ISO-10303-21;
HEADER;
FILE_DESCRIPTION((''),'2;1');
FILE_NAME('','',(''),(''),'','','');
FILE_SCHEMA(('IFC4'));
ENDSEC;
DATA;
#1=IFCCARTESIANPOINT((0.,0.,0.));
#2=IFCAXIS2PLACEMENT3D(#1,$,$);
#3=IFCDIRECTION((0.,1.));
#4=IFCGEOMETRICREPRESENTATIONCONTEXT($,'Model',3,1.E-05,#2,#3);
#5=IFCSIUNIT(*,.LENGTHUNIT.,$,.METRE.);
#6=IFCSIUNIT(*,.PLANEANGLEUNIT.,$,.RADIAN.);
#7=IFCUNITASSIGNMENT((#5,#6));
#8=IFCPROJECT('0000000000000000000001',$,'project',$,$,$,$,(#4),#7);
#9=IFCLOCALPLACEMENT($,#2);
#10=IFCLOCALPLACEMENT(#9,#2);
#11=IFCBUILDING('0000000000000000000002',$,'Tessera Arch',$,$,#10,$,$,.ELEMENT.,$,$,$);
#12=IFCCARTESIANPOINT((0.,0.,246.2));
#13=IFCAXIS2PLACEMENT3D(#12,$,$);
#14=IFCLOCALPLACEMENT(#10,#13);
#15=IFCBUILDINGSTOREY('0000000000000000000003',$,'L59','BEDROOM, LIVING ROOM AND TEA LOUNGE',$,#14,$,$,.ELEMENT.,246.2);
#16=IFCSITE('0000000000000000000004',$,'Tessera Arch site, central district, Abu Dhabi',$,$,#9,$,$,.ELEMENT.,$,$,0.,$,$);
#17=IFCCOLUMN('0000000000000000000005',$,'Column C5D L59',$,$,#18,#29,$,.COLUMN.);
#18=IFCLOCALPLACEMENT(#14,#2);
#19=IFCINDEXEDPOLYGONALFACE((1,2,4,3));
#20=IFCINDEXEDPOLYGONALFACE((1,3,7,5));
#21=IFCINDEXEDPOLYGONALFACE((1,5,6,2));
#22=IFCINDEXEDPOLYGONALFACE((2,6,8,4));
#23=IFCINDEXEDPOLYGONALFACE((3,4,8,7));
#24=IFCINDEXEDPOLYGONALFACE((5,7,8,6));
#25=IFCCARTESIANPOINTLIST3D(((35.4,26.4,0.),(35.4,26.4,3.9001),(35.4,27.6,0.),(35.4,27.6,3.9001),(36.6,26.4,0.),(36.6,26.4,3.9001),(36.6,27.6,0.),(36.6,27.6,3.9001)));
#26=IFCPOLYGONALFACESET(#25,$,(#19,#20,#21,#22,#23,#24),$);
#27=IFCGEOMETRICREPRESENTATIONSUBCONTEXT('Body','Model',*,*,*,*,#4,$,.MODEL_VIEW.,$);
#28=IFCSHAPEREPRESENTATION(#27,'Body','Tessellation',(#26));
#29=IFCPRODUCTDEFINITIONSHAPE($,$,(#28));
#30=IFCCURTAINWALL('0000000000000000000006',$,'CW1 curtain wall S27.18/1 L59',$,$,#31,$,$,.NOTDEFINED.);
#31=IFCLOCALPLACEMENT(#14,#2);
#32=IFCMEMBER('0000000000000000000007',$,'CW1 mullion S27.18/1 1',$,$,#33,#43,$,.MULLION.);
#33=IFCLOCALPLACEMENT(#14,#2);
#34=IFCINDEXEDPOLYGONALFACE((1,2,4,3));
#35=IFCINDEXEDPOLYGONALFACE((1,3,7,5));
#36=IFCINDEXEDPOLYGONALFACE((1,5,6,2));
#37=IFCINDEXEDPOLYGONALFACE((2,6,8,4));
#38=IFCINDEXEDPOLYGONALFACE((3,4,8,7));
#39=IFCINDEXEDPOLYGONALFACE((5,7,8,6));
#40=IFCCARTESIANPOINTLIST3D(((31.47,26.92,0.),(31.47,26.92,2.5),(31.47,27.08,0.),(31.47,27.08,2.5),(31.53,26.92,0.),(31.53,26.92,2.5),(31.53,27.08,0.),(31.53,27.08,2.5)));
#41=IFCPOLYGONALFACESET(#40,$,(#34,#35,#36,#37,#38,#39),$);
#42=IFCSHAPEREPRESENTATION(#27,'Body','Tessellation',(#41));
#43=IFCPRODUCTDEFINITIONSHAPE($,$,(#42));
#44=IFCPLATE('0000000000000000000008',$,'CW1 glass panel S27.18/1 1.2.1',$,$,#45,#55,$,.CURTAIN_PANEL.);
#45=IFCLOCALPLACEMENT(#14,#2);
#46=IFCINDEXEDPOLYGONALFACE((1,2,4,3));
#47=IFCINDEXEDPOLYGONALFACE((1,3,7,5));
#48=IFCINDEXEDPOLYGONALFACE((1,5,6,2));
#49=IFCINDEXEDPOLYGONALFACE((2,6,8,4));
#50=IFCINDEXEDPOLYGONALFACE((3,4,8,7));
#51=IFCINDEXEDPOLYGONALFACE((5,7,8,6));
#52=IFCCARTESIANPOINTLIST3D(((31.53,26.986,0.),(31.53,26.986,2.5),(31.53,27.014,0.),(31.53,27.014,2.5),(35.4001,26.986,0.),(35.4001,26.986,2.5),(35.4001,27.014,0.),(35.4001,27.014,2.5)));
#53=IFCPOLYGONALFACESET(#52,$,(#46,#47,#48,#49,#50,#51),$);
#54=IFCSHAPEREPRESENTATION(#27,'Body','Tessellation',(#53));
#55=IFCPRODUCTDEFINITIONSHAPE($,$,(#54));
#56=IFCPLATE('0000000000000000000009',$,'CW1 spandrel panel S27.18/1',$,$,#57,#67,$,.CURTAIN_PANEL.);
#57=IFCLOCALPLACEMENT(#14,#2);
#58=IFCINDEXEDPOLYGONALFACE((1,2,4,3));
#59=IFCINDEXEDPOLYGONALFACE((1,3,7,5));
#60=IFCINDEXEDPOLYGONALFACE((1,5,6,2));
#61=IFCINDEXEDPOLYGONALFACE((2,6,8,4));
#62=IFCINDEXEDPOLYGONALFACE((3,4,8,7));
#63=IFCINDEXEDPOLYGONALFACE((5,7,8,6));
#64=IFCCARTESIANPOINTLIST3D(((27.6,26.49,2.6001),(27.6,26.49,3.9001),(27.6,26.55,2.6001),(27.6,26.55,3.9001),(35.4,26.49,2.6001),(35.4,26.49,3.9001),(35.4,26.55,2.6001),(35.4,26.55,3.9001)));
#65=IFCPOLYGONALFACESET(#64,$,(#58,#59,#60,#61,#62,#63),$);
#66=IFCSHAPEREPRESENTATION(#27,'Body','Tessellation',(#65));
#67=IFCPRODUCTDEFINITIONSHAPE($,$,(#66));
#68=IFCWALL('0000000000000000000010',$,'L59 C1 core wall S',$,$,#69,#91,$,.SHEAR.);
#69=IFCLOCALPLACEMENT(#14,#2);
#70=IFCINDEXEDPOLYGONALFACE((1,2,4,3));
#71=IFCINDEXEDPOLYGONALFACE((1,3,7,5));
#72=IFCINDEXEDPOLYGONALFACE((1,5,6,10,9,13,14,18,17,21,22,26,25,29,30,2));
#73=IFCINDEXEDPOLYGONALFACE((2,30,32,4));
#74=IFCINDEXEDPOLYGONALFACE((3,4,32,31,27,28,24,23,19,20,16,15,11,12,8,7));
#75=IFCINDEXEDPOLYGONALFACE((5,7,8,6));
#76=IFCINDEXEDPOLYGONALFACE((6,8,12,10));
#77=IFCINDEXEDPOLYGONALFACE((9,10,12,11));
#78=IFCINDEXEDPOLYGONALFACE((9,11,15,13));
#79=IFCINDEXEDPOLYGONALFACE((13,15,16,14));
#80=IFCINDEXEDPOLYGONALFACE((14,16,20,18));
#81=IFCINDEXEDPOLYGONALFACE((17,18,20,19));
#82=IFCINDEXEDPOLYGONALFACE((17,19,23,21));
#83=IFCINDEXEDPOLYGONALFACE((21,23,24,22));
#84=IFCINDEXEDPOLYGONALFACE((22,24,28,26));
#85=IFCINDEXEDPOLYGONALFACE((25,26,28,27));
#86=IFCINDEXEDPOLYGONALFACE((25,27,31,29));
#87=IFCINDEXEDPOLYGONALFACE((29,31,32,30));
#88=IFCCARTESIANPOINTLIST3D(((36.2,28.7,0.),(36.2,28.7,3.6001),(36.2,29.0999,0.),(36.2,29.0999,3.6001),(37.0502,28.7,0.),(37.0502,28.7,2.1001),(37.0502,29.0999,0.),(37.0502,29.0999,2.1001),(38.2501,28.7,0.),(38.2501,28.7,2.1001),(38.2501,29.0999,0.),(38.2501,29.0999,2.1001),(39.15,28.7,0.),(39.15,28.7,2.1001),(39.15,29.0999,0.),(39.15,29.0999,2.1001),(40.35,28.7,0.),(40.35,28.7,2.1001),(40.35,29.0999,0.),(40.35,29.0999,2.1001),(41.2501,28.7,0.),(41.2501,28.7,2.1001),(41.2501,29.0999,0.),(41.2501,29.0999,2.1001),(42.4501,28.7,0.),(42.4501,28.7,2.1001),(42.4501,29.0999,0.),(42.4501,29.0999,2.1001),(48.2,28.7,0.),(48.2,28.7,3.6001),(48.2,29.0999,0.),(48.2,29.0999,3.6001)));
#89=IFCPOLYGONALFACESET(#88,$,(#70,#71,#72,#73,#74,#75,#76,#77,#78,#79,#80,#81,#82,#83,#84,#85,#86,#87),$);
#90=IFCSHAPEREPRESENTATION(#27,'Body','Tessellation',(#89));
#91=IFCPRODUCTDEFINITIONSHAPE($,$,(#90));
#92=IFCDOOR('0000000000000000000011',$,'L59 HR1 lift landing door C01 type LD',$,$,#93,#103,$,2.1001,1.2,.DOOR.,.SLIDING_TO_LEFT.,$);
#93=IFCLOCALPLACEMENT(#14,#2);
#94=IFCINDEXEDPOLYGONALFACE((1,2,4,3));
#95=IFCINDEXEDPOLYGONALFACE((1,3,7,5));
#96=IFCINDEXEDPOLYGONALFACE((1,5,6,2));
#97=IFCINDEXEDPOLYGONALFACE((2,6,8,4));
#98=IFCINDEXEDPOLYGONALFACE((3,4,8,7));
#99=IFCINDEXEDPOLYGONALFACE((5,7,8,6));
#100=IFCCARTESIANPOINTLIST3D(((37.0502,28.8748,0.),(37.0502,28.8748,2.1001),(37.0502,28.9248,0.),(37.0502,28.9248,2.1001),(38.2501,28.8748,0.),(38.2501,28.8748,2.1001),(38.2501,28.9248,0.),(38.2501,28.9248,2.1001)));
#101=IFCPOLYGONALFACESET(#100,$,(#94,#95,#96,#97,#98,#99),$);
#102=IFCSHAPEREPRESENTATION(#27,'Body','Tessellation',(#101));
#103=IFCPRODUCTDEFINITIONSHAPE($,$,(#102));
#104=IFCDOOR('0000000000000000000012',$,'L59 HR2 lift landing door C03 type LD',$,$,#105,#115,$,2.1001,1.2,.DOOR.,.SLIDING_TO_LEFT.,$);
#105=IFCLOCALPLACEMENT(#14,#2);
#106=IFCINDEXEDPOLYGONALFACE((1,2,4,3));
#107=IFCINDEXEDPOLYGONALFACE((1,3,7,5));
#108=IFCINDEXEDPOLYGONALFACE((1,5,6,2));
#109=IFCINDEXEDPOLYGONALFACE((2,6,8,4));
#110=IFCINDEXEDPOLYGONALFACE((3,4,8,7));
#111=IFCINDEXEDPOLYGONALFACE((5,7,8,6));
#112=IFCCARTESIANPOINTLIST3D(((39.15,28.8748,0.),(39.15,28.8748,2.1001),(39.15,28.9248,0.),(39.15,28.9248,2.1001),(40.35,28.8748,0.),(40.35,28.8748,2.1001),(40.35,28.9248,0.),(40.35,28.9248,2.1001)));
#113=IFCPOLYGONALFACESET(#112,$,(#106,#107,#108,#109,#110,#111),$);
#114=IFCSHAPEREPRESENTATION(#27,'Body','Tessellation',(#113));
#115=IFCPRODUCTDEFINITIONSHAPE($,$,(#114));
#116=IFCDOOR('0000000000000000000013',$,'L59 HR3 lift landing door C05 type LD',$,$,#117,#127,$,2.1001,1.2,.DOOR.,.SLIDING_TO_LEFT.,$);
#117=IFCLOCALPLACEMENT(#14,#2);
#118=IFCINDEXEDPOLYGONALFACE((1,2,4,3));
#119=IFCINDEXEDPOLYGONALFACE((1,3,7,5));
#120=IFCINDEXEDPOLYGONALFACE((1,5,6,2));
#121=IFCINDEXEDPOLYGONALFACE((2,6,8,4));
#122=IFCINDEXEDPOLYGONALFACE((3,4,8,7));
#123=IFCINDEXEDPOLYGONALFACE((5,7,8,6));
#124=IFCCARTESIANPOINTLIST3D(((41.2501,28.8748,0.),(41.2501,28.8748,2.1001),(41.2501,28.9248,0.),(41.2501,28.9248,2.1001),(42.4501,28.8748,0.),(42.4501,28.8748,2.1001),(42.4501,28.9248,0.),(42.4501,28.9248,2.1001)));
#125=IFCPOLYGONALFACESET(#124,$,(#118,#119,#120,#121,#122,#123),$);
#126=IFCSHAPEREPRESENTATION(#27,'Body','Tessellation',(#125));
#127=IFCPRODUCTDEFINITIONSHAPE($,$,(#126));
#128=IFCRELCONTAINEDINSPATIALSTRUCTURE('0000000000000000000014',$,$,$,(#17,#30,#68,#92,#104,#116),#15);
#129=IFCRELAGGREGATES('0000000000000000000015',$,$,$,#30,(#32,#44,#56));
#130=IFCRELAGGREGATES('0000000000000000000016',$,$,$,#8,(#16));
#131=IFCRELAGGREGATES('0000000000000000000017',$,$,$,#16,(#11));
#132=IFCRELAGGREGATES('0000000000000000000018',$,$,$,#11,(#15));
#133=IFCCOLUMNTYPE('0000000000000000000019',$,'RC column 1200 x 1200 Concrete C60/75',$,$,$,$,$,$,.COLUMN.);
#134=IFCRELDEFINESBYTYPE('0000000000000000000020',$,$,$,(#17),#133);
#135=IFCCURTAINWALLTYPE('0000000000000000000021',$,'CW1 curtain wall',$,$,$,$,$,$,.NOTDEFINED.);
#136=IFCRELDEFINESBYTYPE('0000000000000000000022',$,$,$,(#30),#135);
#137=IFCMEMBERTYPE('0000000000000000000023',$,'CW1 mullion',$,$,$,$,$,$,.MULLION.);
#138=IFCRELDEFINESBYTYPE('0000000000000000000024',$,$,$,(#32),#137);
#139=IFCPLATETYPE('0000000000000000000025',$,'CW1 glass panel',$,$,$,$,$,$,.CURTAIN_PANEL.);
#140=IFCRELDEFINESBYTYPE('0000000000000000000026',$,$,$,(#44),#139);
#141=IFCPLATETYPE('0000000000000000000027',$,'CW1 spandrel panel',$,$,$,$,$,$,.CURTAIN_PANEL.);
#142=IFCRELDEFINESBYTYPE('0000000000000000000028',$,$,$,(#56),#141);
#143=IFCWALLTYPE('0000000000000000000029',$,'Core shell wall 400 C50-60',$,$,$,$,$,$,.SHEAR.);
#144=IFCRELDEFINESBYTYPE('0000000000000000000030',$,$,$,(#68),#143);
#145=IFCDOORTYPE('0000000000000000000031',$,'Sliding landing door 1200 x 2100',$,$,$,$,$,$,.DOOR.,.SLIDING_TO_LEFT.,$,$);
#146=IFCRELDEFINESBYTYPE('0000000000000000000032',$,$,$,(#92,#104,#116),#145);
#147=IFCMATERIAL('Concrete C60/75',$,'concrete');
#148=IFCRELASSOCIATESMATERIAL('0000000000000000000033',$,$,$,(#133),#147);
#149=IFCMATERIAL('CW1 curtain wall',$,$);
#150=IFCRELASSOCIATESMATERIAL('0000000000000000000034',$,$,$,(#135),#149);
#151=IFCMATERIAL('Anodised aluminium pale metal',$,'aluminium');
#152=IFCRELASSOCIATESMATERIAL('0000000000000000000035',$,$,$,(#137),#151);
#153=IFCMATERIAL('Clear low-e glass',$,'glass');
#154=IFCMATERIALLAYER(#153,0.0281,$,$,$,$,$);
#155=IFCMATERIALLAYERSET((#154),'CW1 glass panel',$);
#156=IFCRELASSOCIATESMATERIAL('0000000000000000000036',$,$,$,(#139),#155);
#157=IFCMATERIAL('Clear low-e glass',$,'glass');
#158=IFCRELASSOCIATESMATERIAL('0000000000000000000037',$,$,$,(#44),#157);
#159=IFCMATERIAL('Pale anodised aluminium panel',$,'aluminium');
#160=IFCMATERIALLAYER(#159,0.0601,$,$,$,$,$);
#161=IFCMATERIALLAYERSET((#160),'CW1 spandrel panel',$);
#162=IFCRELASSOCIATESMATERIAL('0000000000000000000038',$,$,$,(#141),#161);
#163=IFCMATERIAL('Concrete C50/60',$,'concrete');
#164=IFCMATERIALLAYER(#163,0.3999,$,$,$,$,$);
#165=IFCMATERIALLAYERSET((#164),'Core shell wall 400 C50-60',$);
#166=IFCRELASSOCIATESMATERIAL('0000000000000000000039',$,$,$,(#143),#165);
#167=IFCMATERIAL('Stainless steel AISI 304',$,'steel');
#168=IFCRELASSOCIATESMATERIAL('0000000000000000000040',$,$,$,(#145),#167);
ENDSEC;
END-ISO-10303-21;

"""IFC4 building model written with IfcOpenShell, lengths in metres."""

from ifc_helpers import new_model, si_unit, direction, frame, frame_2d, origin, origin_2d, place, context, subcontext, project, spatial, rectangle, extrude, material, layer, layer_set, material_profile, profile_set, type_object, element, fill, aggregate, save


model = new_model("IFC4")

# Units and contexts
model_context = context("Model", 3, precision=1e-05, world=origin(), true_north=direction((0.0, 1.0)))
body_context = subcontext(model_context, "Body", "Model", "MODEL_VIEW")
ifc_project = project(units=[si_unit("LENGTHUNIT", "METRE"), si_unit("PLANEANGLEUNIT", "RADIAN")], contexts=[model_context])

# Site, building, storey
site_placement = place(None, origin())
site = spatial("IfcSite", under=ifc_project, at=site_placement, Name="Tessera Arch site, central district, Abu Dhabi", CompositionType="ELEMENT", RefElevation=0.0)
building_placement = place(site_placement, origin())
building = spatial("IfcBuilding", under=site, at=building_placement, Name="Tessera Arch", CompositionType="ELEMENT")
storey_placement = place(building_placement, frame((0.0, 0.0, 246.2)))
storey = spatial("IfcBuildingStorey", under=building, at=storey_placement, Name="L59", Description="BEDROOM, LIVING ROOM AND TEA LOUNGE", CompositionType="ELEMENT", Elevation=246.2)

# Column
ifc_material_1 = material(Name="Concrete C60/75", Category="concrete")
ifc_material_profile_1 = material_profile(ifc_material_1, rectangle(XDim=1.2, YDim=1.2, at=origin_2d()), Name="RC column 1200 x 1200 Concrete C60/75")
ifc_profile_set_1 = profile_set([ifc_material_profile_1], Name="Concrete C60/75")
column_type = type_object("IfcColumnType", Name="RC column 1200 x 1200 Concrete C60/75", PredefinedType="COLUMN", material=ifc_profile_set_1)
column_placement = place(storey_placement, frame((36.0, 27.0, 0.0), z_axis=(0.0, 0.0, 1.0), x_axis=(1.0, 0.0, 0.0)))
element("IfcColumn", 1, at=column_placement, inside=storey, type_object=column_type, Name="Column C5D L59", PredefinedType="COLUMN", context=body_context, shape_type="SweptSolid", body=[
    extrude(rectangle(XDim=1.2, YDim=1.2, at=origin_2d()), origin(), (0.0, 0.0, 1.0), 3.9001),
])

# Curtain wall, member, plates
ifc_material_2 = material(Name="CW1 curtain wall")
curtain_wall_type = type_object("IfcCurtainWallType", Name="CW1 curtain wall", PredefinedType="NOTDEFINED", material=ifc_material_2)
curtain_wall_placement = place(storey_placement, origin())
curtain_wall = element("IfcCurtainWall", 2, at=curtain_wall_placement, inside=storey, type_object=curtain_wall_type, Name="CW1 curtain wall S27.18/1 L59", PredefinedType="NOTDEFINED")
ifc_material_3 = material(Name="Anodised aluminium pale metal", Category="aluminium")
ifc_material_profile_2 = material_profile(ifc_material_3, rectangle(XDim=0.1599, YDim=0.0601, at=origin_2d()), Name="AL 60x160")
ifc_profile_set_2 = profile_set([ifc_material_profile_2], Name="Anodised aluminium pale metal")
member_type = type_object("IfcMemberType", Name="CW1 mullion", PredefinedType="MULLION", material=ifc_profile_set_2)
member_placement = place(storey_placement, frame((31.5, 27.0, 0.0), z_axis=(0.0, 0.0, 1.0), x_axis=(0.0, 1.0, 0.0)))
member = element("IfcMember", 3, at=member_placement, type_object=member_type, Name="CW1 mullion S27.18/1 1", PredefinedType="MULLION", context=body_context, shape_type="SweptSolid", body=[
    extrude(rectangle(XDim=0.1599, YDim=0.0601, at=origin_2d()), origin(), (0.0, 0.0, 1.0), 2.5),
])
ifc_material_4 = material(Name="Clear low-e glass", Category="glass")
ifc_material_5 = material(Name="Clear low-e glass", Category="glass")
ifc_layer_1 = layer(ifc_material_5, 0.0281)
ifc_layer_set_1 = layer_set([ifc_layer_1], Name="CW1 glass panel")
plate_type_1 = type_object("IfcPlateType", Name="CW1 glass panel", PredefinedType="CURTAIN_PANEL", material=ifc_layer_set_1)
plate_1_placement = place(storey_placement, frame((33.4651, 27.0, 0.0), z_axis=(0.0, 0.0, 1.0), x_axis=(1.0, 0.0, 0.0)))
plate_1 = element("IfcPlate", 4, at=plate_1_placement, type_object=plate_type_1, material=ifc_material_4, Name="CW1 glass panel S27.18/1 1.2.1", PredefinedType="CURTAIN_PANEL", context=body_context, shape_type="SweptSolid", body=[
    extrude(rectangle(XDim=3.8701, YDim=0.0281, at=origin_2d()), origin(), (0.0, 0.0, 1.0), 2.5),
])
ifc_material_6 = material(Name="Pale anodised aluminium panel", Category="aluminium")
ifc_layer_2 = layer(ifc_material_6, 0.0601)
ifc_layer_set_2 = layer_set([ifc_layer_2], Name="CW1 spandrel panel")
plate_type_2 = type_object("IfcPlateType", Name="CW1 spandrel panel", PredefinedType="CURTAIN_PANEL", material=ifc_layer_set_2)
plate_2_placement = place(storey_placement, frame((31.5, 26.52, 2.6001), z_axis=(0.0, 0.0, 1.0), x_axis=(1.0, 0.0, 0.0)))
plate_2 = element("IfcPlate", 5, at=plate_2_placement, type_object=plate_type_2, Name="CW1 spandrel panel S27.18/1", PredefinedType="CURTAIN_PANEL", context=body_context, shape_type="SweptSolid", body=[
    extrude(rectangle(XDim=7.8, YDim=0.0601, at=origin_2d()), origin(), (0.0, 0.0, 1.0), 1.3),
])
aggregate(curtain_wall, [member, plate_1, plate_2])

# Wall, openings, doors
ifc_material_7 = material(Name="Concrete C50/60", Category="concrete")
ifc_layer_3 = layer(ifc_material_7, 0.3999)
ifc_layer_set_3 = layer_set([ifc_layer_3], Name="Core shell wall 400 C50-60")
wall_type_1 = type_object("IfcWallType", Name="Core shell wall 400 C50-60", PredefinedType="SHEAR", material=ifc_layer_set_3)
wall_1_placement = place(storey_placement, frame((36.2, 28.8999, 0.0), z_axis=(0.0, 0.0, 1.0), x_axis=(1.0, 0.0, 0.0)))
wall_1 = element("IfcWall", 6, at=wall_1_placement, inside=storey, type_object=wall_type_1, Name="L59 C1 core wall S", PredefinedType="SHEAR", context=body_context, shape_type="SweptSolid", body=[
    extrude(rectangle(XDim=12.0, YDim=0.3999, at=frame_2d((6.0, 0.0))), origin(), (0.0, 0.0, 1.0), 3.6001),
])
opening_1_placement = place(wall_1_placement, frame((0.8501, 0.0, 0.0)))
opening_1 = element("IfcOpeningElement", 7, at=opening_1_placement, cuts=wall_1, PredefinedType="OPENING", context=body_context, shape_type="SweptSolid", body=[
    extrude(rectangle(XDim=1.2, YDim=2.1001, at=frame_2d((0.6001, 1.05))), frame((0.0, 0.21, 0.0), z_axis=(0.0, -1.0, 0.0), x_axis=(1.0, 0.0, 0.0)), (0.0, 0.0, 1.0), 0.4199),
])
opening_2_placement = place(wall_1_placement, frame((2.95, 0.0, 0.0)))
opening_2 = element("IfcOpeningElement", 8, at=opening_2_placement, cuts=wall_1, PredefinedType="OPENING", context=body_context, shape_type="SweptSolid", body=[
    extrude(rectangle(XDim=1.2, YDim=2.1001, at=frame_2d((0.6001, 1.05))), frame((0.0, 0.21, 0.0), z_axis=(0.0, -1.0, 0.0), x_axis=(1.0, 0.0, 0.0)), (0.0, 0.0, 1.0), 0.4199),
])
opening_3_placement = place(wall_1_placement, frame((5.05, 0.0, 0.0)))
opening_3 = element("IfcOpeningElement", 9, at=opening_3_placement, cuts=wall_1, PredefinedType="OPENING", context=body_context, shape_type="SweptSolid", body=[
    extrude(rectangle(XDim=1.2, YDim=2.1001, at=frame_2d((0.6001, 1.05))), frame((0.0, 0.21, 0.0), z_axis=(0.0, -1.0, 0.0), x_axis=(1.0, 0.0, 0.0)), (0.0, 0.0, 1.0), 0.4199),
])
ifc_material_8 = material(Name="Stainless steel AISI 304", Category="steel")
door_type_1 = type_object("IfcDoorType", Name="Sliding landing door 1200 x 2100", OperationType="SLIDING_TO_LEFT", PredefinedType="DOOR", material=ifc_material_8)
door_1_placement = place(opening_1_placement, origin())
door_1 = element("IfcDoor", 10, at=door_1_placement, inside=storey, type_object=door_type_1, Name="L59 HR1 lift landing door C01 type LD", OperationType="SLIDING_TO_LEFT", OverallHeight=2.1001, OverallWidth=1.2, PredefinedType="DOOR", context=body_context, shape_type="SweptSolid", body=[
    extrude(rectangle(XDim=1.2, YDim=2.1001, at=frame_2d((0.6001, 1.05))), frame((0.0, 0.0249, 0.0), z_axis=(0.0, -1.0, 0.0), x_axis=(1.0, 0.0, 0.0)), (0.0, 0.0, 1.0), 0.05),
])
fill(opening_1, door_1)
door_2_placement = place(opening_2_placement, origin())
door_2 = element("IfcDoor", 11, at=door_2_placement, inside=storey, type_object=door_type_1, Name="L59 HR2 lift landing door C03 type LD", OperationType="SLIDING_TO_LEFT", OverallHeight=2.1001, OverallWidth=1.2, PredefinedType="DOOR", context=body_context, shape_type="SweptSolid", body=[
    extrude(rectangle(XDim=1.2, YDim=2.1001, at=frame_2d((0.6001, 1.05))), frame((0.0, 0.0249, 0.0), z_axis=(0.0, -1.0, 0.0), x_axis=(1.0, 0.0, 0.0)), (0.0, 0.0, 1.0), 0.05),
])
fill(opening_2, door_2)
door_3_placement = place(opening_3_placement, origin())
door_3 = element("IfcDoor", 12, at=door_3_placement, inside=storey, type_object=door_type_1, Name="L59 HR3 lift landing door C05 type LD", OperationType="SLIDING_TO_LEFT", OverallHeight=2.1001, OverallWidth=1.2, PredefinedType="DOOR", context=body_context, shape_type="SweptSolid", body=[
    extrude(rectangle(XDim=1.2, YDim=2.1001, at=frame_2d((0.6001, 1.05))), frame((0.0, 0.0249, 0.0), z_axis=(0.0, -1.0, 0.0), x_axis=(1.0, 0.0, 0.0)), (0.0, 0.0, 1.0), 0.05),
])
fill(opening_3, door_3)

save(model, "model.ifc")
